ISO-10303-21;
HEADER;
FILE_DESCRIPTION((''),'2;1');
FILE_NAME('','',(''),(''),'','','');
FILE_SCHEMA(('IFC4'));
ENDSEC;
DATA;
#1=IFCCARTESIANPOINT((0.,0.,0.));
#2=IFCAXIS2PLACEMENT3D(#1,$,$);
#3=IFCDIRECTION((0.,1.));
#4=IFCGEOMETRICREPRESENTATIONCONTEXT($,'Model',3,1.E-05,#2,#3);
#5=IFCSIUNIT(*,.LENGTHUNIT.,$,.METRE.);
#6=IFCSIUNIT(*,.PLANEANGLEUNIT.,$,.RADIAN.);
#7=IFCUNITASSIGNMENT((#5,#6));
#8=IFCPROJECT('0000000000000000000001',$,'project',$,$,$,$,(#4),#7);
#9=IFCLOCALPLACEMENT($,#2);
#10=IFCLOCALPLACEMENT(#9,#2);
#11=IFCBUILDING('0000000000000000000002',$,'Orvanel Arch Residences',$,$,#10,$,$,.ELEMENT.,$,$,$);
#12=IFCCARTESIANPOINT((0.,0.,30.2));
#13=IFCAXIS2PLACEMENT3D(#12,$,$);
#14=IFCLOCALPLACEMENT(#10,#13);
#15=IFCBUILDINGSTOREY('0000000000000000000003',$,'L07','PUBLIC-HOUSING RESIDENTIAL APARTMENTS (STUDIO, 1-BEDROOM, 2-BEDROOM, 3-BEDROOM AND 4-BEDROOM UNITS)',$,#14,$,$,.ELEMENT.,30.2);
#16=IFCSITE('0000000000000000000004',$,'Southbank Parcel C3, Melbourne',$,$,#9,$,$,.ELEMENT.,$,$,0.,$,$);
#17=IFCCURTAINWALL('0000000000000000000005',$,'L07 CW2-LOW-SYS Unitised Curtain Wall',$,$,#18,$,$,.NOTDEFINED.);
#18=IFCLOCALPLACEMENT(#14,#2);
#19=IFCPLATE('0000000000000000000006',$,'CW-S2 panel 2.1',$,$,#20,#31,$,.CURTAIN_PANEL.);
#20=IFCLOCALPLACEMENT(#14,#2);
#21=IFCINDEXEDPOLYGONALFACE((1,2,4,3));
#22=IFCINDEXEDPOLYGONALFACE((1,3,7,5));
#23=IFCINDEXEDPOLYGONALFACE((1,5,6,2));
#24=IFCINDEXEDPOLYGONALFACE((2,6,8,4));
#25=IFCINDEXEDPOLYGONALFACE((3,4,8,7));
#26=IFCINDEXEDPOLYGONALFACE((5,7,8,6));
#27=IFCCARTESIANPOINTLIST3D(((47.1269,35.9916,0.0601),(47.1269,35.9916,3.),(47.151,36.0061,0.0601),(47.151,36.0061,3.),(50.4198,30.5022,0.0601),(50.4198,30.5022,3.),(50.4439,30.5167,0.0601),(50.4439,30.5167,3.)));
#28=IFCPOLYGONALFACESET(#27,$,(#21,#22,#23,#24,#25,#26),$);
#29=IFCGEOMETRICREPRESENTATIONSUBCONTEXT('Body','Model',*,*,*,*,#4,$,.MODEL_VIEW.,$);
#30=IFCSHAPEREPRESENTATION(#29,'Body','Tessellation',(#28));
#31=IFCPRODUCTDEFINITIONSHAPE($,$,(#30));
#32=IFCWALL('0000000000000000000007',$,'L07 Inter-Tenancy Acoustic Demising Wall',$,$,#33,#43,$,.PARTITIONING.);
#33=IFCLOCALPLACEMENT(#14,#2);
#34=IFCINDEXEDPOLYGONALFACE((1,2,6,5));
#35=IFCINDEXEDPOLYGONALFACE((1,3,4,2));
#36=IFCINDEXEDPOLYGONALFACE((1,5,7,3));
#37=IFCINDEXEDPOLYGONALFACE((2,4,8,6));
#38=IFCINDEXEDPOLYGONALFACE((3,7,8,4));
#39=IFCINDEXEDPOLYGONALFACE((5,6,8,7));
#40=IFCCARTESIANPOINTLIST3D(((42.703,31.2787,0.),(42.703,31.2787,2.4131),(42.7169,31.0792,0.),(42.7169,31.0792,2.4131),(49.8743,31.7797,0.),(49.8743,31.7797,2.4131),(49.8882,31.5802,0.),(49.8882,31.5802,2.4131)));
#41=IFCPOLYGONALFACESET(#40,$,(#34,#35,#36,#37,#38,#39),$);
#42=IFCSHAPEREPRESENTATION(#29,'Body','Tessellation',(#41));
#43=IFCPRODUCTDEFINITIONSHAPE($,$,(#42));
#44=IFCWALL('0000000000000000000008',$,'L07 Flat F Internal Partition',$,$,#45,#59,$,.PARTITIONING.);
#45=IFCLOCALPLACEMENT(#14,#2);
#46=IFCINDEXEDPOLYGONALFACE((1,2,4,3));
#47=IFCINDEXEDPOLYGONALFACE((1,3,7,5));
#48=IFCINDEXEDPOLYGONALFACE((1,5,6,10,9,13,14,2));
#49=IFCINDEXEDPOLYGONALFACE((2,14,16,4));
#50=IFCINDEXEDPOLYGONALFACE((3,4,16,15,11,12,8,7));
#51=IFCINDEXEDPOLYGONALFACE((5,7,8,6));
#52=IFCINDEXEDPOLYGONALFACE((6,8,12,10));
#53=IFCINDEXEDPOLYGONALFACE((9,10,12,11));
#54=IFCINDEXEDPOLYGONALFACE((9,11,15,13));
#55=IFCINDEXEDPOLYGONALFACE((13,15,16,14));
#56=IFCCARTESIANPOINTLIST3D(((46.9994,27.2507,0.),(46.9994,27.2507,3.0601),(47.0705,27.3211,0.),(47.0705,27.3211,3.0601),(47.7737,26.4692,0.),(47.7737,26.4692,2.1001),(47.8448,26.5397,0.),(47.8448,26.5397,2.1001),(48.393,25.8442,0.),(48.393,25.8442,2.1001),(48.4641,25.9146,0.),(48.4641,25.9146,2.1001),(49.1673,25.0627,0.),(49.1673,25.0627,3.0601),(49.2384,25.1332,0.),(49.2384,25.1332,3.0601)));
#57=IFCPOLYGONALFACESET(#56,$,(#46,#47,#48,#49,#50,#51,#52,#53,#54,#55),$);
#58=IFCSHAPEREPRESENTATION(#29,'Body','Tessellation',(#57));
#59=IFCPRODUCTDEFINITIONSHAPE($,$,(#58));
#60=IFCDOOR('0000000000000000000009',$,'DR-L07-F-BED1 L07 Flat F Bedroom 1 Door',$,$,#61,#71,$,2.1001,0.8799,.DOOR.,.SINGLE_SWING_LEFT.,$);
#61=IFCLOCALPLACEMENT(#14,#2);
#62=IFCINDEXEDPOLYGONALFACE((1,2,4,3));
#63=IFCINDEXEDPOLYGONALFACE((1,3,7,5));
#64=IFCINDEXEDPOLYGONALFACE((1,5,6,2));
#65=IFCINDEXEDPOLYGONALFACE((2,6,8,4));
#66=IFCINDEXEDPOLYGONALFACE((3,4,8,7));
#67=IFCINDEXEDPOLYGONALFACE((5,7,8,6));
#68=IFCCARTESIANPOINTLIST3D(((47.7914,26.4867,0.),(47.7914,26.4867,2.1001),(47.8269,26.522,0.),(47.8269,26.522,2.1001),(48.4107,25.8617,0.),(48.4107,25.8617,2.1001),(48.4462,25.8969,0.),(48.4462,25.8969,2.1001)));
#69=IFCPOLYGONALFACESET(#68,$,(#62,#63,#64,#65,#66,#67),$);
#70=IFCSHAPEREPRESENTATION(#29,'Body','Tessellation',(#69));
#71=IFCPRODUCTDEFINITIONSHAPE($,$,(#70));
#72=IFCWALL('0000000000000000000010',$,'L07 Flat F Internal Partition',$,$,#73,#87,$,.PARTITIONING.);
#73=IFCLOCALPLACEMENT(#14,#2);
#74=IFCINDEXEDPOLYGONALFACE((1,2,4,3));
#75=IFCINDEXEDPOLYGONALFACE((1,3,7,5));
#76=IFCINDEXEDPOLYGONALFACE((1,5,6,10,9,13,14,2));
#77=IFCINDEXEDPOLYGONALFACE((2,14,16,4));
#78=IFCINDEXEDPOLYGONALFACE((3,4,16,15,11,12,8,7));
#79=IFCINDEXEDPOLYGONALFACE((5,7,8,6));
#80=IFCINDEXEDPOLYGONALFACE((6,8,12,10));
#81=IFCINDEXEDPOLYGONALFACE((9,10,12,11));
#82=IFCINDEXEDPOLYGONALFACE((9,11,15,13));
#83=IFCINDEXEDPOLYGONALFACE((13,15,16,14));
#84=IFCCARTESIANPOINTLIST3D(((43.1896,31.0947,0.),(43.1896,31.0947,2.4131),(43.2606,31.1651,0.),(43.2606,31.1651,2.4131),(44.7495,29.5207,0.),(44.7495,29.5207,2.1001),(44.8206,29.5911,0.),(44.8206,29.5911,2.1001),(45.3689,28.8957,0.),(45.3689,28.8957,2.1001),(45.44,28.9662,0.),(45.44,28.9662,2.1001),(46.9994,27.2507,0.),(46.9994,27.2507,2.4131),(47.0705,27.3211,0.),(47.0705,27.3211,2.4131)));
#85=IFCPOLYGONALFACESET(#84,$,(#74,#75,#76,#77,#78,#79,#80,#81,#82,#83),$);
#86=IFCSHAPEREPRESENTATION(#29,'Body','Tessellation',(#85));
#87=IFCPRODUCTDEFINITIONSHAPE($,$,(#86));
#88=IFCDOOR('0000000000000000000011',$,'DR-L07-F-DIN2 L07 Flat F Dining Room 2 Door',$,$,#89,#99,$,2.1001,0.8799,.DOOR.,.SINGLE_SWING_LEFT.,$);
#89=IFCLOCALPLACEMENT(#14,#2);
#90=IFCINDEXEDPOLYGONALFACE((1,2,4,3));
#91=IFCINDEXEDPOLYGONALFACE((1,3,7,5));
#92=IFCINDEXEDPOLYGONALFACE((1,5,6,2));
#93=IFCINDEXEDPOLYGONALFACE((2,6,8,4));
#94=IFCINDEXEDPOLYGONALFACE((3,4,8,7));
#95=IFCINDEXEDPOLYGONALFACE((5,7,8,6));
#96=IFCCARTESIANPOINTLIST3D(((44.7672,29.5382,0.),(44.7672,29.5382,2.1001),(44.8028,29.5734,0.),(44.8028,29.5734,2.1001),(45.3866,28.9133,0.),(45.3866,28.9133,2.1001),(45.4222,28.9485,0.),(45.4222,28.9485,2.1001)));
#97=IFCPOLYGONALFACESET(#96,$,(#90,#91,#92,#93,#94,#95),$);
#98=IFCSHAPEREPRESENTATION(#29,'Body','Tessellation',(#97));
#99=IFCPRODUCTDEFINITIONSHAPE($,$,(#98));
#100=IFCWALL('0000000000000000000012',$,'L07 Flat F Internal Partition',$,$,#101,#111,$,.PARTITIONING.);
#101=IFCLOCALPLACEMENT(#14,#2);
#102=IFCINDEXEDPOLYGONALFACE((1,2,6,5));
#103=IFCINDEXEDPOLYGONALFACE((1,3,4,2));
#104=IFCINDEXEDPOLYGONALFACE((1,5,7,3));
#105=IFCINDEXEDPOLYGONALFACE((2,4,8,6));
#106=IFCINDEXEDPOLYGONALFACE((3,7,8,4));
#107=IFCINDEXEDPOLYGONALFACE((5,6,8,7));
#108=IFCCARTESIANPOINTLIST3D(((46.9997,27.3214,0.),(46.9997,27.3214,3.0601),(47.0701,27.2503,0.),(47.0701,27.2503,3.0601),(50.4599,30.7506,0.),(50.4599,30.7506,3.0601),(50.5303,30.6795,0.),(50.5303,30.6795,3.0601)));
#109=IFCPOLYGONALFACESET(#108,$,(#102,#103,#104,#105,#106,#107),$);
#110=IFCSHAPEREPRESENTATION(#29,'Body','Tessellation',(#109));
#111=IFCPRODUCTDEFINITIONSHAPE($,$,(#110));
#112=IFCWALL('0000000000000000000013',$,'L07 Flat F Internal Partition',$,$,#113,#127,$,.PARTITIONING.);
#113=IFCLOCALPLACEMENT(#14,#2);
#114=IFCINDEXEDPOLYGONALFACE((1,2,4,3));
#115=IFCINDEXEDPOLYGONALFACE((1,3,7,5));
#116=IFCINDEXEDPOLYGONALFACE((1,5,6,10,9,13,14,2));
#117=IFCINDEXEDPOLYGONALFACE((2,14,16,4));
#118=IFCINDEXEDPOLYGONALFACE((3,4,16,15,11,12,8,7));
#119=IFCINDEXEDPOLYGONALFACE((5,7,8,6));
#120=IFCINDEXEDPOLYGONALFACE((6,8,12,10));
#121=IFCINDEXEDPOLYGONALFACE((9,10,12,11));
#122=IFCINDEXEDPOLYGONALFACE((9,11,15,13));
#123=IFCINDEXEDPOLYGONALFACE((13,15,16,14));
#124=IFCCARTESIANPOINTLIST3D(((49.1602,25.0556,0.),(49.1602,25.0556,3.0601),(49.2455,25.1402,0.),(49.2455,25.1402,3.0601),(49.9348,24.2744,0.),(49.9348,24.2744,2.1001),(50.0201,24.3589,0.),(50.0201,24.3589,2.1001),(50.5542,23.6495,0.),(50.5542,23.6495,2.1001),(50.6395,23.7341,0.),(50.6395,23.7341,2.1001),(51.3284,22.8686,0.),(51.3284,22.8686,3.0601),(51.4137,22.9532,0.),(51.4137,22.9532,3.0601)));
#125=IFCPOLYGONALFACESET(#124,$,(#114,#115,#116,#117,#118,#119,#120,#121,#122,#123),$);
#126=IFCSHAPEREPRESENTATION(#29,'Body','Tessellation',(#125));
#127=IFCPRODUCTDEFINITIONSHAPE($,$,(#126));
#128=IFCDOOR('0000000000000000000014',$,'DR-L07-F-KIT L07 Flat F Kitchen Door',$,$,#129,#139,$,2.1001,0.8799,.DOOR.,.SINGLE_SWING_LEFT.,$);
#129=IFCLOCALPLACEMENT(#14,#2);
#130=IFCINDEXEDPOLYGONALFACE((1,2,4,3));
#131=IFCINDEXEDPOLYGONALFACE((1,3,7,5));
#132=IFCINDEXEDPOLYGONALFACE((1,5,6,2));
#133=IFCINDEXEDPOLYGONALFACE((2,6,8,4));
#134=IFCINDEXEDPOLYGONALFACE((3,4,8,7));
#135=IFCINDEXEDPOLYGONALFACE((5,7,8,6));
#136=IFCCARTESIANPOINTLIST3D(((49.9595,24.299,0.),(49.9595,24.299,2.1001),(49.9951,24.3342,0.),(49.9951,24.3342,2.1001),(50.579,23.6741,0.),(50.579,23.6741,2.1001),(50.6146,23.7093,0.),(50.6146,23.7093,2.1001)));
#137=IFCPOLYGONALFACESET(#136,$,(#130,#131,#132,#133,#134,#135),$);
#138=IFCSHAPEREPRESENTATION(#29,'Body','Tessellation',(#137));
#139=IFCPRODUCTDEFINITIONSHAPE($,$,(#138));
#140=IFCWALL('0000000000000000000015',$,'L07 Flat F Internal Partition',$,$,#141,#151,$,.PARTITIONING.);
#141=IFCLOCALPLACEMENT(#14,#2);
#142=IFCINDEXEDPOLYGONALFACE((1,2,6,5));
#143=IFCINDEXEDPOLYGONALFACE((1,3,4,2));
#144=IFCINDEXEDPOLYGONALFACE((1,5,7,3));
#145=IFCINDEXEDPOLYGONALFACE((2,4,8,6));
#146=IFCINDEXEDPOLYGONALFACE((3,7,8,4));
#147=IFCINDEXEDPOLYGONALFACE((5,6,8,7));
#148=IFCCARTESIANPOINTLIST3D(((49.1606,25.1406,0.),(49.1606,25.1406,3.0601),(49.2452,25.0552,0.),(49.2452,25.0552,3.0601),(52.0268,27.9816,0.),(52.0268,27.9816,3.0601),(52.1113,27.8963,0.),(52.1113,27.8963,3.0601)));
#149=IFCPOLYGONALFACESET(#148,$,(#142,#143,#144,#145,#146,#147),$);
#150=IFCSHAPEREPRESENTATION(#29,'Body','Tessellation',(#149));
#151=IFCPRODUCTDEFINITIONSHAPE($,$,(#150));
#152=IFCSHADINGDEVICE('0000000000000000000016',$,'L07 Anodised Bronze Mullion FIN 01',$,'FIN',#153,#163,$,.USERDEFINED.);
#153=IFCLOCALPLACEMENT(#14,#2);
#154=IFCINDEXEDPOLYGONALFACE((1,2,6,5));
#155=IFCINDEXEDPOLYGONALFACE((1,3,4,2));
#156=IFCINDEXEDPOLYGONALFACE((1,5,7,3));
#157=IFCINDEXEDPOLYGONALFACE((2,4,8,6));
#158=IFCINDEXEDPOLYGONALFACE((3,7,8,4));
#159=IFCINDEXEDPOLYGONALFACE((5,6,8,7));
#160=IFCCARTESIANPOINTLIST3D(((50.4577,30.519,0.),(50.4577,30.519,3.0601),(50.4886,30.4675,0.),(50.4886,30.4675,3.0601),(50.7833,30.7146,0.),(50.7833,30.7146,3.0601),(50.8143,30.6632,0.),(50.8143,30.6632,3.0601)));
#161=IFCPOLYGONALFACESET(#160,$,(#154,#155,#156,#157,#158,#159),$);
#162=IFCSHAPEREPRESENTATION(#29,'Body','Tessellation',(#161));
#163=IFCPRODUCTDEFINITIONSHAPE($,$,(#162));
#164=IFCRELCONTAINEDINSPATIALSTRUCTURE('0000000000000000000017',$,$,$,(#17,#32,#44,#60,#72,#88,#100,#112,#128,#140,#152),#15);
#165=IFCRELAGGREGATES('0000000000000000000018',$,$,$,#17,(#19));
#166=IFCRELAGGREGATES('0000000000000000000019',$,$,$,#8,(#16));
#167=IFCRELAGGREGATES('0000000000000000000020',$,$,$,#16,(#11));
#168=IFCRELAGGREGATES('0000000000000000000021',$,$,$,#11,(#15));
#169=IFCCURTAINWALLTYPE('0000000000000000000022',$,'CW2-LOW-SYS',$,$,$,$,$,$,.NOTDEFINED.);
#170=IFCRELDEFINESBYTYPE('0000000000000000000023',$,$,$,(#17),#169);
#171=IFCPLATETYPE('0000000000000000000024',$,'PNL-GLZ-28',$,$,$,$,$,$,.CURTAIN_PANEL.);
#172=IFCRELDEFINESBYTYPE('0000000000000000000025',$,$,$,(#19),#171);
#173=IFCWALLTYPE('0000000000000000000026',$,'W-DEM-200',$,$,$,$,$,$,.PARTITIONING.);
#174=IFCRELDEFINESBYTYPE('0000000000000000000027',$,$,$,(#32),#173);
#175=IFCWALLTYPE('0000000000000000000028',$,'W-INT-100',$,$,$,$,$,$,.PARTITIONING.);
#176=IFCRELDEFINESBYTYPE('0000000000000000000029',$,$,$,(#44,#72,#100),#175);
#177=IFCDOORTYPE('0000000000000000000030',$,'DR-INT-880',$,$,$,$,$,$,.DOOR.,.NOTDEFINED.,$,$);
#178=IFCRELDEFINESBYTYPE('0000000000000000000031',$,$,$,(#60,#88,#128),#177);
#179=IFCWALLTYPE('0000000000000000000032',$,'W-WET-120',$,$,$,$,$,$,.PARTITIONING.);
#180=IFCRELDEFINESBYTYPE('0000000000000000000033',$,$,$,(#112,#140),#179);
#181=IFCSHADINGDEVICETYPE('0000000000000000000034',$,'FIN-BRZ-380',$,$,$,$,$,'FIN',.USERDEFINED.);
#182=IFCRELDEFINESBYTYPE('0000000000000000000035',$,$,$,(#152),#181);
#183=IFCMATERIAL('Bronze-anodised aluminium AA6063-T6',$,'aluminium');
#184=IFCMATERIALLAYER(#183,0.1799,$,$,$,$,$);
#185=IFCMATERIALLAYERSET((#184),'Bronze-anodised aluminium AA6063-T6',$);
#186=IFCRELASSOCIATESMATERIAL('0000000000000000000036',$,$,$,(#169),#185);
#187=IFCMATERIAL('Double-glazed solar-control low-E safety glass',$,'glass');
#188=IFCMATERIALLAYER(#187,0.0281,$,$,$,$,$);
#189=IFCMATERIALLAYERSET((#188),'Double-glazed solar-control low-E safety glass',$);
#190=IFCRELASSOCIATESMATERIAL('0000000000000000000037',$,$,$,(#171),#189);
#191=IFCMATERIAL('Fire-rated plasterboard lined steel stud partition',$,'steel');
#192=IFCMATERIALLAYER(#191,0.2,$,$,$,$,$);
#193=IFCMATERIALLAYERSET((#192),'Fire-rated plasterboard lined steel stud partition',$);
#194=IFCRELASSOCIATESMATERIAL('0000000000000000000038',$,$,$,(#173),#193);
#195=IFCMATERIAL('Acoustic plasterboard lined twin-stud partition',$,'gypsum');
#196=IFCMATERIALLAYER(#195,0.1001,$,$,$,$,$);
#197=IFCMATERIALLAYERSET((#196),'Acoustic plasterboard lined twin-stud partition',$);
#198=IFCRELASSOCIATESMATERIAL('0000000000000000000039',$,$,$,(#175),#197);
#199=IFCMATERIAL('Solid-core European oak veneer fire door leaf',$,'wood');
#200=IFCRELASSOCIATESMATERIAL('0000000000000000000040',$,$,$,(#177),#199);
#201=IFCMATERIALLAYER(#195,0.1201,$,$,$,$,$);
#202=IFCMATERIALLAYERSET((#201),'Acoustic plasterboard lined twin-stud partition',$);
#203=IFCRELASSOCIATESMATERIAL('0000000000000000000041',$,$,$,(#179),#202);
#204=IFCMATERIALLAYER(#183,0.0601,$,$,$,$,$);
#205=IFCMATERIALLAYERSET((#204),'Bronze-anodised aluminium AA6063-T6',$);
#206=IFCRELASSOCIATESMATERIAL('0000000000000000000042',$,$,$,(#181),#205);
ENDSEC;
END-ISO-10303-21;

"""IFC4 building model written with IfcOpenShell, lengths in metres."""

from ifc_helpers import new_model, si_unit, direction, frame, frame_2d, origin, origin_2d, place, context, subcontext, project, spatial, rectangle, extrude, material, layer, layer_set, type_object, element, fill, aggregate, save


model = new_model("IFC4")

# Units and contexts
model_context = context("Model", 3, precision=1e-05, world=origin(), true_north=direction((0.0, 1.0)))
body_context = subcontext(model_context, "Body", "Model", "MODEL_VIEW")
ifc_project = project(units=[si_unit("LENGTHUNIT", "METRE"), si_unit("PLANEANGLEUNIT", "RADIAN")], contexts=[model_context])

# Site, building, storey
site_placement = place(None, origin())
site = spatial("IfcSite", under=ifc_project, at=site_placement, Name="Southbank Parcel C3, Melbourne", CompositionType="ELEMENT", RefElevation=0.0)
building_placement = place(site_placement, origin())
building = spatial("IfcBuilding", under=site, at=building_placement, Name="Orvanel Arch Residences", CompositionType="ELEMENT")
storey_placement = place(building_placement, frame((0.0, 0.0, 30.2)))
storey = spatial("IfcBuildingStorey", under=building, at=storey_placement, Name="L07", Description="PUBLIC-HOUSING RESIDENTIAL APARTMENTS (STUDIO, 1-BEDROOM, 2-BEDROOM, 3-BEDROOM AND 4-BEDROOM UNITS)", CompositionType="ELEMENT", Elevation=30.2)

# Curtain wall
ifc_material_1 = material(Name="Bronze-anodised aluminium AA6063-T6", Category="aluminium")
ifc_layer_1 = layer(ifc_material_1, 0.1799)
ifc_layer_set_1 = layer_set([ifc_layer_1], Name="Bronze-anodised aluminium AA6063-T6")
curtain_wall_type = type_object("IfcCurtainWallType", Name="CW2-LOW-SYS", PredefinedType="NOTDEFINED", material=ifc_layer_set_1)
curtain_wall_placement = place(storey_placement, origin())
curtain_wall = element("IfcCurtainWall", 1, at=curtain_wall_placement, inside=storey, type_object=curtain_wall_type, Name="L07 CW2-LOW-SYS Unitised Curtain Wall", PredefinedType="NOTDEFINED")

# Plate
ifc_material_2 = material(Name="Double-glazed solar-control low-E safety glass", Category="glass")
ifc_layer_2 = layer(ifc_material_2, 0.0281)
ifc_layer_set_2 = layer_set([ifc_layer_2], Name="Double-glazed solar-control low-E safety glass")
plate_type_1 = type_object("IfcPlateType", Name="PNL-GLZ-28", PredefinedType="CURTAIN_PANEL", material=ifc_layer_set_2)
plate_1_placement = place(storey_placement, frame((48.7854, 33.2542, 0.0601), z_axis=(0.0, 0.0, 1.0), x_axis=(-0.514417, 0.85754, 0.0)))
plate_1 = element("IfcPlate", 2, at=plate_1_placement, type_object=plate_type_1, Name="CW-S2 panel 2.1", PredefinedType="CURTAIN_PANEL", context=body_context, shape_type="SweptSolid", body=[
    extrude(rectangle(XDim=6.4014, YDim=0.0281, at=origin_2d()), origin(), (0.0, 0.0, 1.0), 2.9399),
])
aggregate(curtain_wall, [plate_1])

# Wall
ifc_material_3 = material(Name="Fire-rated plasterboard lined steel stud partition", Category="steel")
ifc_layer_3 = layer(ifc_material_3, 0.2)
ifc_layer_set_3 = layer_set([ifc_layer_3], Name="Fire-rated plasterboard lined steel stud partition")
wall_type_1 = type_object("IfcWallType", Name="W-DEM-200", PredefinedType="PARTITIONING", material=ifc_layer_set_3)
wall_1_placement = place(storey_placement, frame((49.8811, 31.6799, 0.0), z_axis=(0.0, 0.0, 1.0), x_axis=(-0.997569, -0.06969, 0.0)))
element("IfcWall", 3, at=wall_1_placement, inside=storey, type_object=wall_type_1, Name="L07 Inter-Tenancy Acoustic Demising Wall", PredefinedType="PARTITIONING", context=body_context, shape_type="SweptSolid", body=[
    extrude(rectangle(XDim=7.1887, YDim=0.2, at=frame_2d((3.5942, 0.0))), origin(), (0.0, 0.0, 1.0), 2.4131),
])

# Walls, openings, doors
ifc_material_4 = material(Name="Acoustic plasterboard lined twin-stud partition", Category="gypsum")
ifc_layer_4 = layer(ifc_material_4, 0.1001)
ifc_layer_set_4 = layer_set([ifc_layer_4], Name="Acoustic plasterboard lined twin-stud partition")
wall_type_2 = type_object("IfcWallType", Name="W-INT-100", PredefinedType="PARTITIONING", material=ifc_layer_set_4)
wall_2_placement = place(storey_placement, frame((47.0349, 27.2859, 0.0), z_axis=(0.0, 0.0, 1.0), x_axis=(0.70385, -0.710349, 0.0)))
wall_2 = element("IfcWall", 4, at=wall_2_placement, inside=storey, type_object=wall_type_2, Name="L07 Flat F Internal Partition", PredefinedType="PARTITIONING", context=body_context, shape_type="SweptSolid", body=[
    extrude(rectangle(XDim=3.0801, YDim=0.1001, at=frame_2d((1.54, 0.0))), origin(), (0.0, 0.0, 1.0), 3.0601),
])
opening_1_placement = place(wall_2_placement, frame((1.1001, 0.0, 0.0)))
opening_1 = element("IfcOpeningElement", 5, at=opening_1_placement, cuts=wall_2, PredefinedType="OPENING", context=body_context, shape_type="SweptSolid", body=[
    extrude(rectangle(XDim=0.8799, YDim=2.1001, at=frame_2d((0.4399, 1.05))), frame((0.0, 0.0601, 0.0), z_axis=(0.0, -1.0, 0.0), x_axis=(1.0, 0.0, 0.0)), (0.0, 0.0, 1.0), 0.1201),
])
ifc_material_5 = material(Name="Solid-core European oak veneer fire door leaf", Category="wood")
door_type = type_object("IfcDoorType", Name="DR-INT-880", OperationType="NOTDEFINED", PredefinedType="DOOR", material=ifc_material_5)
door_1_placement = place(opening_1_placement, origin())
door_1 = element("IfcDoor", 6, at=door_1_placement, inside=storey, type_object=door_type, Name="DR-L07-F-BED1 L07 Flat F Bedroom 1 Door", OperationType="SINGLE_SWING_LEFT", OverallHeight=2.1001, OverallWidth=0.8799, PredefinedType="DOOR", context=body_context, shape_type="SweptSolid", body=[
    extrude(rectangle(XDim=0.8799, YDim=2.1001, at=frame_2d((0.4399, 1.05))), frame((0.0, 0.0249, 0.0), z_axis=(0.0, -1.0, 0.0), x_axis=(1.0, 0.0, 0.0)), (0.0, 0.0, 1.0), 0.05),
])
fill(opening_1, door_1)
wall_3_placement = place(storey_placement, frame((43.2251, 31.1299, 0.0), z_axis=(0.0, 0.0, 1.0), x_axis=(0.703942, -0.710257, 0.0)))
wall_3 = element("IfcWall", 7, at=wall_3_placement, inside=storey, type_object=wall_type_2, Name="L07 Flat F Internal Partition", PredefinedType="PARTITIONING", context=body_context, shape_type="SweptSolid", body=[
    extrude(rectangle(XDim=5.4121, YDim=0.1001, at=frame_2d((2.7061, 0.0))), origin(), (0.0, 0.0, 1.0), 2.4131),
])
opening_2_placement = place(wall_3_placement, frame((2.2161, 0.0, 0.0)))
opening_2 = element("IfcOpeningElement", 8, at=opening_2_placement, cuts=wall_3, PredefinedType="OPENING", context=body_context, shape_type="SweptSolid", body=[
    extrude(rectangle(XDim=0.8799, YDim=2.1001, at=frame_2d((0.4399, 1.05))), frame((0.0, 0.0601, 0.0), z_axis=(0.0, -1.0, 0.0), x_axis=(1.0, 0.0, 0.0)), (0.0, 0.0, 1.0), 0.1201),
])
door_2_placement = place(opening_2_placement, origin())
door_2 = element("IfcDoor", 9, at=door_2_placement, inside=storey, type_object=door_type, Name="DR-L07-F-DIN2 L07 Flat F Dining Room 2 Door", OperationType="SINGLE_SWING_LEFT", OverallHeight=2.1001, OverallWidth=0.8799, PredefinedType="DOOR", context=body_context, shape_type="SweptSolid", body=[
    extrude(rectangle(XDim=0.8799, YDim=2.1001, at=frame_2d((0.4399, 1.05))), frame((0.0, 0.0249, 0.0), z_axis=(0.0, -1.0, 0.0), x_axis=(1.0, 0.0, 0.0)), (0.0, 0.0, 1.0), 0.05),
])
fill(opening_2, door_2)

# Wall
wall_4_placement = place(storey_placement, frame((47.0349, 27.2859, 0.0), z_axis=(0.0, 0.0, 1.0), x_axis=(0.710282, 0.703917, 0.0)))
element("IfcWall", 10, at=wall_4_placement, inside=storey, type_object=wall_type_2, Name="L07 Flat F Internal Partition", PredefinedType="PARTITIONING", context=body_context, shape_type="SweptSolid", body=[
    extrude(rectangle(XDim=4.8716, YDim=0.1001, at=frame_2d((2.4358, 0.0))), origin(), (0.0, 0.0, 1.0), 3.0601),
])

# Wall, opening, door
ifc_layer_5 = layer(ifc_material_4, 0.1201)
ifc_layer_set_5 = layer_set([ifc_layer_5], Name="Acoustic plasterboard lined twin-stud partition")
wall_type_3 = type_object("IfcWallType", Name="W-WET-120", PredefinedType="PARTITIONING", material=ifc_layer_set_5)
wall_5_placement = place(storey_placement, frame((49.2029, 25.0979, 0.0), z_axis=(0.0, 0.0, 1.0), x_axis=(0.704048, -0.710152, 0.0)))
wall_5 = element("IfcWall", 11, at=wall_5_placement, inside=storey, type_object=wall_type_3, Name="L07 Flat F Internal Partition", PredefinedType="PARTITIONING", context=body_context, shape_type="SweptSolid", body=[
    extrude(rectangle(XDim=3.0796, YDim=0.1201, at=frame_2d((1.5398, 0.0))), origin(), (0.0, 0.0, 1.0), 3.0601),
])
opening_3_placement = place(wall_5_placement, frame((1.1001, 0.0, 0.0)))
opening_3 = element("IfcOpeningElement", 12, at=opening_3_placement, cuts=wall_5, PredefinedType="OPENING", context=body_context, shape_type="SweptSolid", body=[
    extrude(rectangle(XDim=0.8799, YDim=2.1001, at=frame_2d((0.4399, 1.05))), frame((0.0, 0.0701, 0.0), z_axis=(0.0, -1.0, 0.0), x_axis=(1.0, 0.0, 0.0)), (0.0, 0.0, 1.0), 0.1401),
])
door_3_placement = place(opening_3_placement, origin())
door_3 = element("IfcDoor", 13, at=door_3_placement, inside=storey, type_object=door_type, Name="DR-L07-F-KIT L07 Flat F Kitchen Door", OperationType="SINGLE_SWING_LEFT", OverallHeight=2.1001, OverallWidth=0.8799, PredefinedType="DOOR", context=body_context, shape_type="SweptSolid", body=[
    extrude(rectangle(XDim=0.8799, YDim=2.1001, at=frame_2d((0.4399, 1.05))), frame((0.0, 0.0249, 0.0), z_axis=(0.0, -1.0, 0.0), x_axis=(1.0, 0.0, 0.0)), (0.0, 0.0, 1.0), 0.05),
])
fill(opening_3, door_3)

# Wall
wall_6_placement = place(storey_placement, frame((49.2029, 25.0979, 0.0), z_axis=(0.0, 0.0, 1.0), x_axis=(0.710215, 0.703984, 0.0)))
element("IfcWall", 14, at=wall_6_placement, inside=storey, type_object=wall_type_3, Name="L07 Flat F Internal Partition", PredefinedType="PARTITIONING", context=body_context, shape_type="SweptSolid", body=[
    extrude(rectangle(XDim=4.0356, YDim=0.1201, at=frame_2d((2.0178, 0.0))), origin(), (0.0, 0.0, 1.0), 3.0601),
])

# Shading device
ifc_layer_6 = layer(ifc_material_1, 0.0601)
ifc_layer_set_6 = layer_set([ifc_layer_6], Name="Bronze-anodised aluminium AA6063-T6")
shading_device_type = type_object("IfcShadingDeviceType", Name="FIN-BRZ-380", ElementType="FIN", PredefinedType="USERDEFINED", material=ifc_layer_set_6)
shading_device_placement = place(storey_placement, frame((50.636, 30.5911, 0.0), z_axis=(0.0, 0.0, 1.0), x_axis=(0.857167, 0.515038, 0.0)))
element("IfcShadingDevice", 15, at=shading_device_placement, inside=storey, type_object=shading_device_type, Name="L07 Anodised Bronze Mullion FIN 01", ObjectType="FIN", PredefinedType="USERDEFINED", context=body_context, shape_type="SweptSolid", body=[
    extrude(rectangle(XDim=0.3799, YDim=0.0601, at=origin_2d()), origin(), (0.0, 0.0, 1.0), 3.0601),
])

save(model, "model.ifc")
